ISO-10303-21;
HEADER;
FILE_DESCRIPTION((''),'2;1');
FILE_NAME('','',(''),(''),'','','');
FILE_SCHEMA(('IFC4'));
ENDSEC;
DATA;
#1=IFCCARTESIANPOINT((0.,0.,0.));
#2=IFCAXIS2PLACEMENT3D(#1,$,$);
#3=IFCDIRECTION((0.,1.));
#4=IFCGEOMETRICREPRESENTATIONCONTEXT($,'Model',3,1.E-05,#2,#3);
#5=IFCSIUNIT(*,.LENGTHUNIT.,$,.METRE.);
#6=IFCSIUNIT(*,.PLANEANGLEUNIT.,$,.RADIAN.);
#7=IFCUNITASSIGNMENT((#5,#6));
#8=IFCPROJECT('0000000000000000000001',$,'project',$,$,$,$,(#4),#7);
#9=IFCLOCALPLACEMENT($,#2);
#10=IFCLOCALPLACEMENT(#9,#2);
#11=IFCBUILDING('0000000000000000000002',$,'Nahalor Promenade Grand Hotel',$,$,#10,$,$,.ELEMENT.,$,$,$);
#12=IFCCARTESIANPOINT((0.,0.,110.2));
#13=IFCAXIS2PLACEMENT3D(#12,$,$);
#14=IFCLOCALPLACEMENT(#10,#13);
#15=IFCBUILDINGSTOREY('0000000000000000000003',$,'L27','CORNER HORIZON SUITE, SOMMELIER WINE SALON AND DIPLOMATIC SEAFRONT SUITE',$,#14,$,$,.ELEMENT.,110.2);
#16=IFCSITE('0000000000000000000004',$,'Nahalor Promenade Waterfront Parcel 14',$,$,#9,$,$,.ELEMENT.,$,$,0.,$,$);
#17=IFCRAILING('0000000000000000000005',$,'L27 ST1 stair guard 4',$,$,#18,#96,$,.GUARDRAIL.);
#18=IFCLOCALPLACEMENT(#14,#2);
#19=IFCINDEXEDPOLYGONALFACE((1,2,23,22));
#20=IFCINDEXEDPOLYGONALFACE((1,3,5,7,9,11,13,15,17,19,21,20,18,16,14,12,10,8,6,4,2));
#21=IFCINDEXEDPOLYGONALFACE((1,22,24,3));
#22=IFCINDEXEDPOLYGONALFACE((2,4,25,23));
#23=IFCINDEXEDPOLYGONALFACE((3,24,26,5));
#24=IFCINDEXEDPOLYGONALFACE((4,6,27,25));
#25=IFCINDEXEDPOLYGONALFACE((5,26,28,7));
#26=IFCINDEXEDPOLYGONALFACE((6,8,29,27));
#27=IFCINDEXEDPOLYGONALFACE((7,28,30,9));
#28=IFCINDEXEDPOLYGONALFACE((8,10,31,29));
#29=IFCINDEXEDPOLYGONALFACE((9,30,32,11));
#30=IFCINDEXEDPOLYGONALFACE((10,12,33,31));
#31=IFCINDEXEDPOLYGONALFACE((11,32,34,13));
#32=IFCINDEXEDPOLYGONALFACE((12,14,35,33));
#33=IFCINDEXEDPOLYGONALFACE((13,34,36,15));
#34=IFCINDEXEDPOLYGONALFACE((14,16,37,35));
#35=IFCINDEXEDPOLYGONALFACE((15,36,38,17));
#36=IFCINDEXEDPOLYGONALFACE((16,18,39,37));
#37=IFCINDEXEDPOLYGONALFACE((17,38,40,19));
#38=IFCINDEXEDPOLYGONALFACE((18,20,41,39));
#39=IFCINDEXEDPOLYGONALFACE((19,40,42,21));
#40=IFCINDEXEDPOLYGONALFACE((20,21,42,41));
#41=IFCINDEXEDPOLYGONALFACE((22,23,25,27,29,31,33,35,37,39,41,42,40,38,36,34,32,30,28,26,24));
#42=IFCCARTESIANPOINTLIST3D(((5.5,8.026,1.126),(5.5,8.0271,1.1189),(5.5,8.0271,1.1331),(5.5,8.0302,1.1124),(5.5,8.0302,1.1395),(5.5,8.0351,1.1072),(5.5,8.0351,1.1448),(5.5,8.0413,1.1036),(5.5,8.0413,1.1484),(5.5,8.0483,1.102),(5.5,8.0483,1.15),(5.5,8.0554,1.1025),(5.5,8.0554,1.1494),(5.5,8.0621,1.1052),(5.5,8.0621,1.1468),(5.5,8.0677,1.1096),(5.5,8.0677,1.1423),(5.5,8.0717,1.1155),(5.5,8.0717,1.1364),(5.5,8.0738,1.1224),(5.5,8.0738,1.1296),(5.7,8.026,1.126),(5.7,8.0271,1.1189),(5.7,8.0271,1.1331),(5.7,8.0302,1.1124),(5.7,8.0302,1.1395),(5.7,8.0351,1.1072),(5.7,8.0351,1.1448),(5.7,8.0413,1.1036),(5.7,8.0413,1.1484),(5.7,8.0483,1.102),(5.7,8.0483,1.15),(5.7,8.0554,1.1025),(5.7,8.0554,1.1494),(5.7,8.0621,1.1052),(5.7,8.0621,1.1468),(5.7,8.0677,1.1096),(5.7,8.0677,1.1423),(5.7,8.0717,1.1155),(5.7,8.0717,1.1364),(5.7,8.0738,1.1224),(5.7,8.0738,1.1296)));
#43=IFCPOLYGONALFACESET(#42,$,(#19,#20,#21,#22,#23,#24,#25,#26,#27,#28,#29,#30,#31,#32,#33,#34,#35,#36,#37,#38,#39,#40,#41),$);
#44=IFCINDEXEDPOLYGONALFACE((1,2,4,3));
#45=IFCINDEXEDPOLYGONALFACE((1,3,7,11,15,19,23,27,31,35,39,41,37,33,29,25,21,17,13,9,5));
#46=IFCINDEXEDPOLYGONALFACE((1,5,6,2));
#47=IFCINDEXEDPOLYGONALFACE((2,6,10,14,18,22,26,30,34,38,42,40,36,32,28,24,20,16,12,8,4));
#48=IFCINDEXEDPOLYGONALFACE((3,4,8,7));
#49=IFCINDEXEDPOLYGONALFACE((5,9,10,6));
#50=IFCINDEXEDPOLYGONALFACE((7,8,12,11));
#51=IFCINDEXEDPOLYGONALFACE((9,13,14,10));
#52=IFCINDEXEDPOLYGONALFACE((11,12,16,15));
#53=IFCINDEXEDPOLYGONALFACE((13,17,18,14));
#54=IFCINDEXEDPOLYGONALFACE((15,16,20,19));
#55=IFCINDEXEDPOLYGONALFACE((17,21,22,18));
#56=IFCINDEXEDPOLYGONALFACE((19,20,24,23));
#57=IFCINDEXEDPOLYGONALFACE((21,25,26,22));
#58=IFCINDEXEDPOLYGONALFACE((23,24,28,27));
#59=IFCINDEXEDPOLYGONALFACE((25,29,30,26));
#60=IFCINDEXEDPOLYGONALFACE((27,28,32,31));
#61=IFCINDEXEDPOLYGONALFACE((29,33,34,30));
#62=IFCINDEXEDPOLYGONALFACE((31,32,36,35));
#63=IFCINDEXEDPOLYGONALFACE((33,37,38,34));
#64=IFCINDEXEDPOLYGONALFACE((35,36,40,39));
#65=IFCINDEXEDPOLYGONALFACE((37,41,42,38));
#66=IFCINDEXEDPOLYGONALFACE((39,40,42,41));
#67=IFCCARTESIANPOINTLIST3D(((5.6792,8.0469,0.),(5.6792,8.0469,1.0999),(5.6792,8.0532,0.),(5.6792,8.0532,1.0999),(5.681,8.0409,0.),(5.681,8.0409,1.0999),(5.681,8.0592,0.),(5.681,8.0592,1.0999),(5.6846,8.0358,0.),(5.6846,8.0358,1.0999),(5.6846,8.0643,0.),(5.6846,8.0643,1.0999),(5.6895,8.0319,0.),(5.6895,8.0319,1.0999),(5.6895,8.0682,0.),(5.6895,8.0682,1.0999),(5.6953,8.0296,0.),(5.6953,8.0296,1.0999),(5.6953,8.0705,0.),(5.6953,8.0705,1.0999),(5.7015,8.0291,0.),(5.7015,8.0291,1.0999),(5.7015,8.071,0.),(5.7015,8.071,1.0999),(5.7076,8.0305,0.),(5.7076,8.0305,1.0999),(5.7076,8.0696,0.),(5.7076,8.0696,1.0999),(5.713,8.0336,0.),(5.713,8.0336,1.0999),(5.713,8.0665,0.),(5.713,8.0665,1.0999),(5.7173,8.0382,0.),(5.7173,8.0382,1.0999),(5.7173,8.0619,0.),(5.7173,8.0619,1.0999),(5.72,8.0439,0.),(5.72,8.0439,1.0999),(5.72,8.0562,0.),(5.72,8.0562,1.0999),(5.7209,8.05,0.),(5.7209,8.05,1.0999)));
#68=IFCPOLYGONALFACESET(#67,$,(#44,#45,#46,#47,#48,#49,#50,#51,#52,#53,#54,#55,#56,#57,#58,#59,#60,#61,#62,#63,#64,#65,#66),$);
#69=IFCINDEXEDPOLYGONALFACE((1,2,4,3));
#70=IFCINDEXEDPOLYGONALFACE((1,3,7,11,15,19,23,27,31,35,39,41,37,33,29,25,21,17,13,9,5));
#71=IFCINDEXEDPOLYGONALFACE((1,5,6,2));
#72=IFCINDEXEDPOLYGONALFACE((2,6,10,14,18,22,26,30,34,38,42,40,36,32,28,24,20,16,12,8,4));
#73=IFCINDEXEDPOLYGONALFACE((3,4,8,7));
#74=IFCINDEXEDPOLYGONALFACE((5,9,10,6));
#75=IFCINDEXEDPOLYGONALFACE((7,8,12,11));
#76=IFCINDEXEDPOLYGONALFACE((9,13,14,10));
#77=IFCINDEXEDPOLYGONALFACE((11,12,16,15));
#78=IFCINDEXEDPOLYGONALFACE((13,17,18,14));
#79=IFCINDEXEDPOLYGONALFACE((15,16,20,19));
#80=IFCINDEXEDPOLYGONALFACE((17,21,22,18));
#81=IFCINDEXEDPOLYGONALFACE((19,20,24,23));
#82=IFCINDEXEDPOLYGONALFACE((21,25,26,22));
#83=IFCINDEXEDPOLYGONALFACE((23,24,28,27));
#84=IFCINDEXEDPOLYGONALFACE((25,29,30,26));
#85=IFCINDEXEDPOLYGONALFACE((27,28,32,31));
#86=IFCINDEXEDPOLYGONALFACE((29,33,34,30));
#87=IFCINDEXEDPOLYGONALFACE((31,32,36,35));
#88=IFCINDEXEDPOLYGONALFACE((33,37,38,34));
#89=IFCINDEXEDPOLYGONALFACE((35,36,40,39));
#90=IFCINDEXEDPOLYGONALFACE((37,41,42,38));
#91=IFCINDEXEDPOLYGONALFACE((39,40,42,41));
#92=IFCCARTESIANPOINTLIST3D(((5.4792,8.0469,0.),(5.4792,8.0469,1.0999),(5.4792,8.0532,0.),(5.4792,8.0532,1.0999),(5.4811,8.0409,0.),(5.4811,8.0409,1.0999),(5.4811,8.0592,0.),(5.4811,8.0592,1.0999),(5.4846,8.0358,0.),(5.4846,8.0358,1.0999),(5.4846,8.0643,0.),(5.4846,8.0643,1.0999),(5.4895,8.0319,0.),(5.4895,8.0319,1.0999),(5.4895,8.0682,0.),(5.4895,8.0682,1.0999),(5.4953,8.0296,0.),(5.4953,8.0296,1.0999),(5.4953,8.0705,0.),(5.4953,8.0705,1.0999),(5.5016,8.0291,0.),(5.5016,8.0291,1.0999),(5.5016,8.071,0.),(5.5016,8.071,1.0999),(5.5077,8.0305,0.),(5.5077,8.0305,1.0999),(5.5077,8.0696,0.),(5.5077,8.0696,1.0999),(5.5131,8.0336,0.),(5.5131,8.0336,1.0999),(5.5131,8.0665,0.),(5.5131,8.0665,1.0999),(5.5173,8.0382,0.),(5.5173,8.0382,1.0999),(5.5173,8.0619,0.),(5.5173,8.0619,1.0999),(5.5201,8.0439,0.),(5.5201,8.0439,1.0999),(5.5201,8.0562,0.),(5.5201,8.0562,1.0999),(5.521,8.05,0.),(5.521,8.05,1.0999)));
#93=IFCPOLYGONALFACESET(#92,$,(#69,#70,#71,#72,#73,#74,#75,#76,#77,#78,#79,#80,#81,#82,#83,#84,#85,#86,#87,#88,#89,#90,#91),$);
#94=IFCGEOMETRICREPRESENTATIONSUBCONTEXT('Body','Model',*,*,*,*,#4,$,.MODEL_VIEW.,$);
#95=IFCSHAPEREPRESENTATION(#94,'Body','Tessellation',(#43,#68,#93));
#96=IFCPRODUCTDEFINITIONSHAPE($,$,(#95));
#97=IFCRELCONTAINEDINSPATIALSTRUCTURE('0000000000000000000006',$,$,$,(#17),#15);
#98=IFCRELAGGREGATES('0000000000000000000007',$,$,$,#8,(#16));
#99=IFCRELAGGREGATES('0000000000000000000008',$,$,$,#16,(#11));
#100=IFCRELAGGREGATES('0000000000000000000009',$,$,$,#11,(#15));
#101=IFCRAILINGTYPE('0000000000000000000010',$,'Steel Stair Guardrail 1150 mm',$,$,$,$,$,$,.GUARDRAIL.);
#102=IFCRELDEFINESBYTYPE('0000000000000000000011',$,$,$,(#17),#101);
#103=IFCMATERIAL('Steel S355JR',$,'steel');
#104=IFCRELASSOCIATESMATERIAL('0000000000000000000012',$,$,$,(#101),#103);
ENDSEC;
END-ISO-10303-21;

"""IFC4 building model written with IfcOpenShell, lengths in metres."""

from ifc_helpers import new_model, si_unit, direction, frame, origin, origin_2d, place, context, subcontext, project, spatial, circle, extrude, material, type_object, element, save


model = new_model("IFC4")

# Units and contexts
model_context = context("Model", 3, precision=1e-05, world=origin(), true_north=direction((0.0, 1.0)))
body_context = subcontext(model_context, "Body", "Model", "MODEL_VIEW")
ifc_project = project(units=[si_unit("LENGTHUNIT", "METRE"), si_unit("PLANEANGLEUNIT", "RADIAN")], contexts=[model_context])

# Site, building, storey
site_placement = place(None, origin())
site = spatial("IfcSite", under=ifc_project, at=site_placement, Name="Nahalor Promenade Waterfront Parcel 14", CompositionType="ELEMENT", RefElevation=0.0)
building_placement = place(site_placement, origin())
building = spatial("IfcBuilding", under=site, at=building_placement, Name="Nahalor Promenade Grand Hotel", CompositionType="ELEMENT")
storey_placement = place(building_placement, frame((0.0, 0.0, 110.2)))
storey = spatial("IfcBuildingStorey", under=building, at=storey_placement, Name="L27", Description="CORNER HORIZON SUITE, SOMMELIER WINE SALON AND DIPLOMATIC SEAFRONT SUITE", CompositionType="ELEMENT", Elevation=110.2)

# Shared definitions
ifc_material_1 = material(Name="Steel S355JR", Category="steel")

# Railing
railing_type_1 = type_object("IfcRailingType", Name="Steel Stair Guardrail 1150 mm", PredefinedType="GUARDRAIL", material=ifc_material_1)
railing_1_placement = place(storey_placement, frame((5.7, 8.05, 0.0)))
element("IfcRailing", 1, at=railing_1_placement, inside=storey, type_object=railing_type_1, Name="L27 ST1 stair guard 4", PredefinedType="GUARDRAIL", context=body_context, shape_type="SweptSolid", body=[
    extrude(circle(Radius=0.024, at=origin_2d()), frame((0.0, 0.0, 1.126), z_axis=(-1.0, 0.0, 0.0), x_axis=(0.0, -1.0, 0.0)), (0.0, 0.0, 1.0), 0.2),
    extrude(circle(Radius=0.021, at=origin_2d()), origin(), (0.0, 0.0, 1.0), 1.0999),
    extrude(circle(Radius=0.021, at=origin_2d()), frame((-0.2, 0.0, 0.0)), (0.0, 0.0, 1.0), 1.0999),
])

save(model, "model.ifc")
